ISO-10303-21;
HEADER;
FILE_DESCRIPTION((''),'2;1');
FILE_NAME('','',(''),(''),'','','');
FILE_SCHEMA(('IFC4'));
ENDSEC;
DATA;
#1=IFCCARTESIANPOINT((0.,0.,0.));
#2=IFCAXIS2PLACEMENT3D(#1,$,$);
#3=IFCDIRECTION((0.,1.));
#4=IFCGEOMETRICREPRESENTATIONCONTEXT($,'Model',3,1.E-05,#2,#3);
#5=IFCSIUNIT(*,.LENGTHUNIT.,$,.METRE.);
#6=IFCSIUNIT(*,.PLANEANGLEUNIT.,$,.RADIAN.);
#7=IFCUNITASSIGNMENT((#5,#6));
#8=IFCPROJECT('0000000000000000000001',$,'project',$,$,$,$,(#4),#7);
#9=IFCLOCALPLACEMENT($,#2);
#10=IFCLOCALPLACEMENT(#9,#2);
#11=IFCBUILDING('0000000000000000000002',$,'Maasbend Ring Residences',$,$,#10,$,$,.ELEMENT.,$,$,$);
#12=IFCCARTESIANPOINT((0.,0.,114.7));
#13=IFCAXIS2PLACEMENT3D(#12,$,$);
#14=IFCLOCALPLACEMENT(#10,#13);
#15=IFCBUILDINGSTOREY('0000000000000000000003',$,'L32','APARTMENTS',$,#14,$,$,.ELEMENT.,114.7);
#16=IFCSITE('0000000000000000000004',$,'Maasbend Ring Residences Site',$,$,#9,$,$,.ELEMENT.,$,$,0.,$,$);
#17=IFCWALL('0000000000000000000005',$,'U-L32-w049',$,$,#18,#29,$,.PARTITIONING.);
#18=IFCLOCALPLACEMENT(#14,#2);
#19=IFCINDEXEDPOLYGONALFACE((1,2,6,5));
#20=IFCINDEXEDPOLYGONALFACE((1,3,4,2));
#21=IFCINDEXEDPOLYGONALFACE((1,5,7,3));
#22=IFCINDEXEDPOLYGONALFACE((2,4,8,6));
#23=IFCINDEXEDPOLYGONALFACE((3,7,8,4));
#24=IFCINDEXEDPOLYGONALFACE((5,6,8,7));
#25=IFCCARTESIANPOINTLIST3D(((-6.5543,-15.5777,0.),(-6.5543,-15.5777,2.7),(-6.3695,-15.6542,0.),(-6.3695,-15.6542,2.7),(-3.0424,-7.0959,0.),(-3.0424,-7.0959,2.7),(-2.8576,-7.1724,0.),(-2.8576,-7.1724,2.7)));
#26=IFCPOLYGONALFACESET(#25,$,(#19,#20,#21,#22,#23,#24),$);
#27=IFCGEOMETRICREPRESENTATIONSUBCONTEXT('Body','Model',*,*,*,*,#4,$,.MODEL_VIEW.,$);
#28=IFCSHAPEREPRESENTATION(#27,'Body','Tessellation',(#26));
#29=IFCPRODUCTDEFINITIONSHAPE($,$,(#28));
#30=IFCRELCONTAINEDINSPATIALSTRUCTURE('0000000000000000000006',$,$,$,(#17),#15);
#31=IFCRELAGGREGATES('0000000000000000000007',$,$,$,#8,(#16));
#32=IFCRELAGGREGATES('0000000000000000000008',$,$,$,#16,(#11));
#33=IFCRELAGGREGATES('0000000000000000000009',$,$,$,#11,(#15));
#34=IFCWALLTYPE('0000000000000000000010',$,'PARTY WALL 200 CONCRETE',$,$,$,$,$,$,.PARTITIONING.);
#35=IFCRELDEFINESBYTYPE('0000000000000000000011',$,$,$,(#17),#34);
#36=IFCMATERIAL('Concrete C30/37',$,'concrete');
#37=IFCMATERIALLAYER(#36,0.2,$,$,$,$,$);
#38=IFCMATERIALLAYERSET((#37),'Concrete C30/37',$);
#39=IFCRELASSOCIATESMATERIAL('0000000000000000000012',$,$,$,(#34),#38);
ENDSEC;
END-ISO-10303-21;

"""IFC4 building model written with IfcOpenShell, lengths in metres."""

from ifc_helpers import new_model, si_unit, direction, frame, frame_2d, origin, place, context, subcontext, project, spatial, rectangle, extrude, material, layer, layer_set, type_object, element, save


model = new_model("IFC4")

# Units and contexts
model_context = context("Model", 3, precision=1e-05, world=origin(), true_north=direction((0.0, 1.0)))
body_context = subcontext(model_context, "Body", "Model", "MODEL_VIEW")
ifc_project = project(units=[si_unit("LENGTHUNIT", "METRE"), si_unit("PLANEANGLEUNIT", "RADIAN")], contexts=[model_context])

# Site, building, storey
site_placement = place(None, origin())
site = spatial("IfcSite", under=ifc_project, at=site_placement, Name="Maasbend Ring Residences Site", CompositionType="ELEMENT", RefElevation=0.0)
building_placement = place(site_placement, origin())
building = spatial("IfcBuilding", under=site, at=building_placement, Name="Maasbend Ring Residences", CompositionType="ELEMENT")
storey_placement = place(building_placement, frame((0.0, 0.0, 114.7)))
storey = spatial("IfcBuildingStorey", under=building, at=storey_placement, Name="L32", Description="APARTMENTS", CompositionType="ELEMENT", Elevation=114.7)

# Wall
ifc_material_1 = material(Name="Concrete C30/37", Category="concrete")
ifc_layer_1 = layer(ifc_material_1, 0.2)
ifc_layer_set_1 = layer_set([ifc_layer_1], Name="Concrete C30/37")
wall_type_1 = type_object("IfcWallType", Name="PARTY WALL 200 CONCRETE", PredefinedType="PARTITIONING", material=ifc_layer_set_1)
wall_1_placement = place(storey_placement, frame((-6.4619, -15.616, 0.0), z_axis=(0.0, 0.0, 1.0), x_axis=(0.382556, 0.923932, 0.0)))
element("IfcWall", 1, at=wall_1_placement, inside=storey, type_object=wall_type_1, Name="U-L32-w049", PredefinedType="PARTITIONING", context=body_context, shape_type="SweptSolid", body=[
    extrude(rectangle(XDim=9.1802, YDim=0.2, at=frame_2d((4.5901, 0.0))), origin(), (0.0, 0.0, 1.0), 2.7),
])

save(model, "model.ifc")
